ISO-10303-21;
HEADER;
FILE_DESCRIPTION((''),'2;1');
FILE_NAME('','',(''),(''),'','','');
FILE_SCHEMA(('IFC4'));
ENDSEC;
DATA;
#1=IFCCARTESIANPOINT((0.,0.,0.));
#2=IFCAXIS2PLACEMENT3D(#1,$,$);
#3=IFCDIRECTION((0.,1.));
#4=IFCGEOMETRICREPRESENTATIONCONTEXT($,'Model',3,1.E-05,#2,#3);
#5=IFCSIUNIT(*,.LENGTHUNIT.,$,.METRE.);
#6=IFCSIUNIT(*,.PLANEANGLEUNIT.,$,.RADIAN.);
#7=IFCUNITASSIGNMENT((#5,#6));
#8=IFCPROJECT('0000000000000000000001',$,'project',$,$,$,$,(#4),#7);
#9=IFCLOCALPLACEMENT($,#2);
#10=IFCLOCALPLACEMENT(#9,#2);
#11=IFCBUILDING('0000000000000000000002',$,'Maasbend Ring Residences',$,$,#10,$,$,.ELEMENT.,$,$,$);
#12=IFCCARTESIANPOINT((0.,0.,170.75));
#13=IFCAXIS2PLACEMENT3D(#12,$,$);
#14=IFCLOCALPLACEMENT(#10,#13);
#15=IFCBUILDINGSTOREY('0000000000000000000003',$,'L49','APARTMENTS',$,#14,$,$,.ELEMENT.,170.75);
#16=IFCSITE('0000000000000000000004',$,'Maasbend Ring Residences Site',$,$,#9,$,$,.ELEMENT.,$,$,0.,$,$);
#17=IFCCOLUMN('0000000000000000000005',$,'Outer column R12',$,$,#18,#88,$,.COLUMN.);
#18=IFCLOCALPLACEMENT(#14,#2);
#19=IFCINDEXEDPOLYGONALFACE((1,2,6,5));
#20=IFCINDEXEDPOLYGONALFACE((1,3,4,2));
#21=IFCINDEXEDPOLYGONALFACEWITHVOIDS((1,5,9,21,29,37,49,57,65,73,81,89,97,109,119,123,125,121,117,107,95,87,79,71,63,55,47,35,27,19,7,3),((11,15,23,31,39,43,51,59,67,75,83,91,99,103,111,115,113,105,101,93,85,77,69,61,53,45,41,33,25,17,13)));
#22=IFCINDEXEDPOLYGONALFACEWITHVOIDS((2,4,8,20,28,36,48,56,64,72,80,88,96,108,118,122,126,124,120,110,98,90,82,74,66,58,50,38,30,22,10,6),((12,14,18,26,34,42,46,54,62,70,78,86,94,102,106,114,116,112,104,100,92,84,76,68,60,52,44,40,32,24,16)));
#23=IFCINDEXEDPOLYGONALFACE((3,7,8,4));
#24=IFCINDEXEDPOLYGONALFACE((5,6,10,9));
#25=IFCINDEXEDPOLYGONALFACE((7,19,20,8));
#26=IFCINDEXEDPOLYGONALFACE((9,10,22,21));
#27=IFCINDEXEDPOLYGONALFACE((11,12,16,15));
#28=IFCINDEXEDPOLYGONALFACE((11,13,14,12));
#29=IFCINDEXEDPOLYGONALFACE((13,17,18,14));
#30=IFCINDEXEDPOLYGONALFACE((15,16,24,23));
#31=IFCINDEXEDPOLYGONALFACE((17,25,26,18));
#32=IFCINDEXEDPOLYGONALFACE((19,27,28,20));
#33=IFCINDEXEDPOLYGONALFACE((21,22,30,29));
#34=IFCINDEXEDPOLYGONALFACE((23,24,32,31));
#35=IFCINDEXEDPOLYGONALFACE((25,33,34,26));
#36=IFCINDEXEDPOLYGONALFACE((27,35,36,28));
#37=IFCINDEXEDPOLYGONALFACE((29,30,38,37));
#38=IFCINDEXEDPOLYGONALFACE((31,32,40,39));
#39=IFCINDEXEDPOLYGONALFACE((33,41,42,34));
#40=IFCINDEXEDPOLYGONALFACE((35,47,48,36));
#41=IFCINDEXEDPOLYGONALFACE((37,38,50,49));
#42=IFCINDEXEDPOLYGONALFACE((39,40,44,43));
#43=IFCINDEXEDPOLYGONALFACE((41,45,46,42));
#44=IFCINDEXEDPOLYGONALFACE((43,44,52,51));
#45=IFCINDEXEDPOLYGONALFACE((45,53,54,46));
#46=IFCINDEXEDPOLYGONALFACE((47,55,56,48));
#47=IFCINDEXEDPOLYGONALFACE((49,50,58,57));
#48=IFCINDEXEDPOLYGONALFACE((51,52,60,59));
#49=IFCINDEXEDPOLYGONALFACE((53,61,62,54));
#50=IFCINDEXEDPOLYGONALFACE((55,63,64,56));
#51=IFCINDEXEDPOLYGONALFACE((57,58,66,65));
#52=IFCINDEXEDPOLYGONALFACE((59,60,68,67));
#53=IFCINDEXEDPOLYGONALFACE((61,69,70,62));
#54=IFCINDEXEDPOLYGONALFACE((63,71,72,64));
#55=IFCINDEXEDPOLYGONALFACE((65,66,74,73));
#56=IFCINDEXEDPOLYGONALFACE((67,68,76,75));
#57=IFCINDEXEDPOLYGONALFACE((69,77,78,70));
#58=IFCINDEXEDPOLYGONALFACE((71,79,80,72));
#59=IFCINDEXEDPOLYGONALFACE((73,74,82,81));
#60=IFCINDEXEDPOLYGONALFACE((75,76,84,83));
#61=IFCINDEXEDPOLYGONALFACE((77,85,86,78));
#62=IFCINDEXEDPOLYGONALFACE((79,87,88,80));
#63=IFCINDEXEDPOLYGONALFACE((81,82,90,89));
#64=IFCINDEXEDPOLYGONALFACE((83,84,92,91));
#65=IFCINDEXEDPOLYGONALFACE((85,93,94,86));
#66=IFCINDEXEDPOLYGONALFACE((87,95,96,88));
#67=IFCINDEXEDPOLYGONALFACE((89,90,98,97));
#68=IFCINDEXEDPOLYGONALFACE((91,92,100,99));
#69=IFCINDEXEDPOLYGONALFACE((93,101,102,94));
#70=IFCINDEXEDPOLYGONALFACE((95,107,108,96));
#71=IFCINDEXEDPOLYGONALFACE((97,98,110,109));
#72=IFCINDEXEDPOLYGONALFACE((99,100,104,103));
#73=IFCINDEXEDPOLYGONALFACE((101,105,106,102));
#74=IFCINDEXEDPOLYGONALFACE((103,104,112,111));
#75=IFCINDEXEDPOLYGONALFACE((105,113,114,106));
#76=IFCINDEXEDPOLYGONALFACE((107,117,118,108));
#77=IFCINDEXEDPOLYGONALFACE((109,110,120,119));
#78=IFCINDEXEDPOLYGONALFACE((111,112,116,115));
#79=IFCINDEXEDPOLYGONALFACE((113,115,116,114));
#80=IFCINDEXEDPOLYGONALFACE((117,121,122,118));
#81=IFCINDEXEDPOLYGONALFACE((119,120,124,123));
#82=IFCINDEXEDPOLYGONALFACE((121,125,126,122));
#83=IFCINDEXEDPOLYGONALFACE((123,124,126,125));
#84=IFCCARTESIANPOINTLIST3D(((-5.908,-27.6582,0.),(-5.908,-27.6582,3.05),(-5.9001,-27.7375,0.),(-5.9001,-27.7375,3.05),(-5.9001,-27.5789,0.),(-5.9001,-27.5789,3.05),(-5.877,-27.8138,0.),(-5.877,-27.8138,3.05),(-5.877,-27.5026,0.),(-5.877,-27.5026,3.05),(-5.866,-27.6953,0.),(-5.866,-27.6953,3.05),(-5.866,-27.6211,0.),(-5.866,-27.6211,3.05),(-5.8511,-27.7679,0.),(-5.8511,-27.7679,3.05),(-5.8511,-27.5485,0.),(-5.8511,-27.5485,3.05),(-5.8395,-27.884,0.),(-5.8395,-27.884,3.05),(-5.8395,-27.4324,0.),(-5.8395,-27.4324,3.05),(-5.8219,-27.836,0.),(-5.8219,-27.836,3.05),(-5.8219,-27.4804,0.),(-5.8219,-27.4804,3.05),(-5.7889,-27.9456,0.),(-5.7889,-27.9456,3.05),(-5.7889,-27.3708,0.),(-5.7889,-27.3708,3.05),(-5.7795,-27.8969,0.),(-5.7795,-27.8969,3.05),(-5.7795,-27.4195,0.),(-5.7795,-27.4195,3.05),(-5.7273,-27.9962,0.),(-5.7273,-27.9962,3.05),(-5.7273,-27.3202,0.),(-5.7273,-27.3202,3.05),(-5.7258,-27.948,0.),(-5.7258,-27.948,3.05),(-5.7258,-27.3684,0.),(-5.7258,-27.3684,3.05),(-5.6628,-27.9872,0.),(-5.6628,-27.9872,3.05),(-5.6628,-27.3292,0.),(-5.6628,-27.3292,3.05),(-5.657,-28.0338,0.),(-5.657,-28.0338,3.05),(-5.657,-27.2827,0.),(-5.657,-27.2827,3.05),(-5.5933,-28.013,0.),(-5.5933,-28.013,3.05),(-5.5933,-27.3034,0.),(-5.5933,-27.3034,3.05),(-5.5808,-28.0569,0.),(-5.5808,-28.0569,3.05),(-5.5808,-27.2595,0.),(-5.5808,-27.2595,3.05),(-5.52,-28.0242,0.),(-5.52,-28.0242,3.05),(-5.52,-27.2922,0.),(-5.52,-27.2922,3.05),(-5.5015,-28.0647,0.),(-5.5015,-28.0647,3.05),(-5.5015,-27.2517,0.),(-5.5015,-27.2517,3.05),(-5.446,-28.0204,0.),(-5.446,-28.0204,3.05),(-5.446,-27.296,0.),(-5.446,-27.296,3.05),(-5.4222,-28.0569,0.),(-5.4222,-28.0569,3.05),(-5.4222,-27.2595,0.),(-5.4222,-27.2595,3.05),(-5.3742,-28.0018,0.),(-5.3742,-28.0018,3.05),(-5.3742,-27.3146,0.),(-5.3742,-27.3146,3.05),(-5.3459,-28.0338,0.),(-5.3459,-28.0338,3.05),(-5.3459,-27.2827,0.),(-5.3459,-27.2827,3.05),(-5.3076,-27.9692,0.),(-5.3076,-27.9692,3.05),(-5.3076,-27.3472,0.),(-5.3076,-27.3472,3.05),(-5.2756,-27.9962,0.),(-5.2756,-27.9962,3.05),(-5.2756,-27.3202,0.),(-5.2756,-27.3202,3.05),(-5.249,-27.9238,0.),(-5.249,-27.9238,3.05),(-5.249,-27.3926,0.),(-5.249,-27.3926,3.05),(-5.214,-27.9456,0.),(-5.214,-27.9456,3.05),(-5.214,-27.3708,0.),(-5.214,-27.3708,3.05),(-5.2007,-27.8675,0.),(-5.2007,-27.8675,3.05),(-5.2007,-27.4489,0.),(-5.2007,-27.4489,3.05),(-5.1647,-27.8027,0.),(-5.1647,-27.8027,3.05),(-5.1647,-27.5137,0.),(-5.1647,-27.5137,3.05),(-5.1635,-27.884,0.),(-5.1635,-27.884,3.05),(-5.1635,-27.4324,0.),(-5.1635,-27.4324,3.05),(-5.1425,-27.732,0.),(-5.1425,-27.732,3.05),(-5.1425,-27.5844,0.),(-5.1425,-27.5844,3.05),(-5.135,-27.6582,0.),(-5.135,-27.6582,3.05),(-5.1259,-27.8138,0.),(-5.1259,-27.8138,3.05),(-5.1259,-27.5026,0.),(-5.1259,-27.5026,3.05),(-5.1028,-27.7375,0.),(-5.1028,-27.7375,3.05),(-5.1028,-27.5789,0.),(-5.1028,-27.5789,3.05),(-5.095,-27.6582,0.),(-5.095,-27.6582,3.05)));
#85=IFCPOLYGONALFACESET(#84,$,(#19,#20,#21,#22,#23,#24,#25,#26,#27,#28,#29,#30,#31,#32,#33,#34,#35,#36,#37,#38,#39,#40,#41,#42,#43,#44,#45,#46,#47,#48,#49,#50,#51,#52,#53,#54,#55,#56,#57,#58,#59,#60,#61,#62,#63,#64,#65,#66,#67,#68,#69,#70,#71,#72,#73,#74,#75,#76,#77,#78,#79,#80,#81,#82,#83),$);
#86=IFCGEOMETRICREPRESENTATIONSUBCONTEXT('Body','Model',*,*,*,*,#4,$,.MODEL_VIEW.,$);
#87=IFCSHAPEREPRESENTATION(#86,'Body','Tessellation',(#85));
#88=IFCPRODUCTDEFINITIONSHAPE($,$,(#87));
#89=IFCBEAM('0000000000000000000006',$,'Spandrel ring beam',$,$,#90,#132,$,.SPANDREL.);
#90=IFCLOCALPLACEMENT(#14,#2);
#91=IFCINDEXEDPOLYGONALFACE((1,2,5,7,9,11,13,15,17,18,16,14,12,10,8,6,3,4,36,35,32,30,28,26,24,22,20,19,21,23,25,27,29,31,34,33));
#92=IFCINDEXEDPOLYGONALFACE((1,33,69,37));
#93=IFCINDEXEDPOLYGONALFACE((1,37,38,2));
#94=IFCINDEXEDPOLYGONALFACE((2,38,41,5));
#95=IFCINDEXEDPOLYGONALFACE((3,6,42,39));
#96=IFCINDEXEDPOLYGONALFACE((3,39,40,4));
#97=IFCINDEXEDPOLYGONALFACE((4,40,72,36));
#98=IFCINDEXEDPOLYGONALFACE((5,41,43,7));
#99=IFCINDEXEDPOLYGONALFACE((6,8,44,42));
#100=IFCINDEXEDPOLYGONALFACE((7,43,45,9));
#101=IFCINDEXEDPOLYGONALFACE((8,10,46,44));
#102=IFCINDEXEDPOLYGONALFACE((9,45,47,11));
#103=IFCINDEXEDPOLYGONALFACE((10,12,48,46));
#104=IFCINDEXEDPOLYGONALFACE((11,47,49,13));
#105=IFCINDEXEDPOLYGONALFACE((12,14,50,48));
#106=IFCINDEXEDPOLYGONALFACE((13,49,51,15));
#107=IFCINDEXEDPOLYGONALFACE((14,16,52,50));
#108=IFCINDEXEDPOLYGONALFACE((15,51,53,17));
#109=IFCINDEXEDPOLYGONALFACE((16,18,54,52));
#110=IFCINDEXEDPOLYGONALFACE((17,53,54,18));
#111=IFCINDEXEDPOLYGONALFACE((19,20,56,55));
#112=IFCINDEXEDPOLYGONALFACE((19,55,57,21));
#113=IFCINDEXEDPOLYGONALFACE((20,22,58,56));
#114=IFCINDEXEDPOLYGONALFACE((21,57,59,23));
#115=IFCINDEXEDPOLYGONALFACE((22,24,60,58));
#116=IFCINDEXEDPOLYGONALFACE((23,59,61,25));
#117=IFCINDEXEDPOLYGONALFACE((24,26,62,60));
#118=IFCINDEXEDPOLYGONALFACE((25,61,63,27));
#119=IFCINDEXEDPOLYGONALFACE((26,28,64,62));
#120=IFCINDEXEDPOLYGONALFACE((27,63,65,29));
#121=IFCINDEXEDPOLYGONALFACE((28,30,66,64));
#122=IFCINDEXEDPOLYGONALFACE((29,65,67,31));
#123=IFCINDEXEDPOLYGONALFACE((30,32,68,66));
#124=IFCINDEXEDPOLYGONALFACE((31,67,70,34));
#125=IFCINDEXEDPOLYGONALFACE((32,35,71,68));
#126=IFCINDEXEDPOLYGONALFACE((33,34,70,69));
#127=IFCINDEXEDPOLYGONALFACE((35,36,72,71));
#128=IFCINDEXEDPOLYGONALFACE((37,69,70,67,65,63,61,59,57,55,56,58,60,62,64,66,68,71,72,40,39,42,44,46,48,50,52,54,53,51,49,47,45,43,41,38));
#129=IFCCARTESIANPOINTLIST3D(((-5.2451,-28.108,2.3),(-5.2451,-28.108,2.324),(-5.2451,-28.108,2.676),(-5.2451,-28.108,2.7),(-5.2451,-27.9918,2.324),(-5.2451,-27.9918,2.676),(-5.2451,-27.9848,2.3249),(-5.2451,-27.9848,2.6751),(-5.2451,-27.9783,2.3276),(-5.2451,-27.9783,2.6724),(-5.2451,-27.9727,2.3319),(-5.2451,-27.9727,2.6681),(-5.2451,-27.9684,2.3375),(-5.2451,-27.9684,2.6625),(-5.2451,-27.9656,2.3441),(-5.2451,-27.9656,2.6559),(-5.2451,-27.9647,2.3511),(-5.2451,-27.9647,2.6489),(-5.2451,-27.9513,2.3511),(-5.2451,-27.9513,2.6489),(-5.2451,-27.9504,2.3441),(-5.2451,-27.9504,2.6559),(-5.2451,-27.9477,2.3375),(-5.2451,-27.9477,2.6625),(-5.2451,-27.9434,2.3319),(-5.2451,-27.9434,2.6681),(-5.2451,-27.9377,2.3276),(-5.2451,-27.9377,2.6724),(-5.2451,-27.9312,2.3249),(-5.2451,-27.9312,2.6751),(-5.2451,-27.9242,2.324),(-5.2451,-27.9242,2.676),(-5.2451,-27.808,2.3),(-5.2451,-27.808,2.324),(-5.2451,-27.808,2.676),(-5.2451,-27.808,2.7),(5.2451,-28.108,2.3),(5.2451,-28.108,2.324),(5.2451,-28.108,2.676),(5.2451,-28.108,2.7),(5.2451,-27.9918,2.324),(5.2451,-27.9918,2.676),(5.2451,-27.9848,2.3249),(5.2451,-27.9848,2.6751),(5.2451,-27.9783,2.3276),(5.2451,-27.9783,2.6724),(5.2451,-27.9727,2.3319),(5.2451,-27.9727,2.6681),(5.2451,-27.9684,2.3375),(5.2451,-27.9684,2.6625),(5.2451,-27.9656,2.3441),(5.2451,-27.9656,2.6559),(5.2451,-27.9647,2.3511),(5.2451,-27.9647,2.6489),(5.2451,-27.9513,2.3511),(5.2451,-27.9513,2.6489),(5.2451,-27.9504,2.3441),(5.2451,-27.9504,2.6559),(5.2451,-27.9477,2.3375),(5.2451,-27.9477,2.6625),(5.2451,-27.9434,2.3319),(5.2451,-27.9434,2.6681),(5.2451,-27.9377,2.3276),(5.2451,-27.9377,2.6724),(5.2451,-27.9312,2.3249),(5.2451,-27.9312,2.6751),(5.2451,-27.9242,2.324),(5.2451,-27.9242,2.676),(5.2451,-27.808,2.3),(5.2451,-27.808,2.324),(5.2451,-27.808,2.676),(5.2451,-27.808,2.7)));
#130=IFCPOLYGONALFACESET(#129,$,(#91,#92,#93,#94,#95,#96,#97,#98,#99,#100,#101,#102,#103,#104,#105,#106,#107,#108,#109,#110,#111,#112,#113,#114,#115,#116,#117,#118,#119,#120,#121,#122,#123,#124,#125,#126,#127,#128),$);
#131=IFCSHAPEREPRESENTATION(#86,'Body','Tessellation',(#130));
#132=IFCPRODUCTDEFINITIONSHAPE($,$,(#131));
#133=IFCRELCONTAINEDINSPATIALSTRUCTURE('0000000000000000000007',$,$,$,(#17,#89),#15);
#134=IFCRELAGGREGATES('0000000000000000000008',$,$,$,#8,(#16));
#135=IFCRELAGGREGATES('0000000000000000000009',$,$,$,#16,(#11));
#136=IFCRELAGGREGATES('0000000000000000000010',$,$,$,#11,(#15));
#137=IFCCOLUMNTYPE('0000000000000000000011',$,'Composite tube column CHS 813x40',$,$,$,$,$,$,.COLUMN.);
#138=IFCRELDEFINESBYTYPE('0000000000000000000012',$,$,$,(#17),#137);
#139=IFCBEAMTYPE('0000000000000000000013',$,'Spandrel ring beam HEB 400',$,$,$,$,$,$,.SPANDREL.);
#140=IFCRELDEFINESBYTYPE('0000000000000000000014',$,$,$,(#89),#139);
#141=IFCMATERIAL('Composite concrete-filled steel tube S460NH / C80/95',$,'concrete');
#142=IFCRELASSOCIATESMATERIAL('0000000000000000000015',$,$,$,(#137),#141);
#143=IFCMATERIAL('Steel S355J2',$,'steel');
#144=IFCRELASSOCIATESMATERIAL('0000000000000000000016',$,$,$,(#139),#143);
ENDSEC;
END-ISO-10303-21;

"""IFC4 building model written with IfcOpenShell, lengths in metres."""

from ifc_helpers import new_model, si_unit, direction, frame, origin, origin_2d, place, context, subcontext, project, spatial, hollow_circle, i_section, extrude, material, material_profile, profile_set, type_object, element, save


model = new_model("IFC4")

# Units and contexts
model_context = context("Model", 3, precision=1e-05, world=origin(), true_north=direction((0.0, 1.0)))
body_context = subcontext(model_context, "Body", "Model", "MODEL_VIEW")
ifc_project = project(units=[si_unit("LENGTHUNIT", "METRE"), si_unit("PLANEANGLEUNIT", "RADIAN")], contexts=[model_context])

# Site, building, storey
site_placement = place(None, origin())
site = spatial("IfcSite", under=ifc_project, at=site_placement, Name="Maasbend Ring Residences Site", CompositionType="ELEMENT", RefElevation=0.0)
building_placement = place(site_placement, origin())
building = spatial("IfcBuilding", under=site, at=building_placement, Name="Maasbend Ring Residences", CompositionType="ELEMENT")
storey_placement = place(building_placement, frame((0.0, 0.0, 170.75)))
storey = spatial("IfcBuildingStorey", under=building, at=storey_placement, Name="L49", Description="APARTMENTS", CompositionType="ELEMENT", Elevation=170.75)

# Column
ifc_material_1 = material(Name="Composite concrete-filled steel tube S460NH / C80/95", Category="concrete")
ifc_material_profile_1 = material_profile(ifc_material_1, hollow_circle(Radius=0.4065, WallThickness=0.04, at=origin_2d()), Name="Composite tube column CHS 813x40")
ifc_profile_set_1 = profile_set([ifc_material_profile_1], Name="Composite concrete-filled steel tube S460NH / C80/95")
column_type = type_object("IfcColumnType", Name="Composite tube column CHS 813x40", PredefinedType="COLUMN", material=ifc_profile_set_1)
column_placement = place(storey_placement, frame((-5.5015, -27.6582, 0.0), z_axis=(0.0, 0.0, 1.0), x_axis=(1.0, 0.0, 0.0)))
element("IfcColumn", 1, at=column_placement, inside=storey, type_object=column_type, Name="Outer column R12", PredefinedType="COLUMN", context=body_context, shape_type="SweptSolid", body=[
    extrude(hollow_circle(Radius=0.4065, WallThickness=0.04, at=origin_2d()), origin(), (0.0, 0.0, 1.0), 3.05),
])

# Beam
ifc_material_2 = material(Name="Steel S355J2", Category="steel")
ifc_material_profile_2 = material_profile(ifc_material_2, i_section(OverallWidth=0.3, OverallDepth=0.3999, WebThickness=0.0134, FlangeThickness=0.0239, FilletRadius=0.0271, at=origin_2d()), Name="HEB 400")
ifc_profile_set_2 = profile_set([ifc_material_profile_2], Name="Steel S355J2")
beam_type = type_object("IfcBeamType", Name="Spandrel ring beam HEB 400", PredefinedType="SPANDREL", material=ifc_profile_set_2)
beam_placement = place(storey_placement, frame((-5.2451, -27.958, 2.5), z_axis=(1.0, 0.0, 0.0), x_axis=(0.0, 1.0, 0.0)))
element("IfcBeam", 2, at=beam_placement, inside=storey, type_object=beam_type, Name="Spandrel ring beam", PredefinedType="SPANDREL", context=body_context, shape_type="SweptSolid", body=[
    extrude(i_section(OverallWidth=0.3, OverallDepth=0.3999, WebThickness=0.0134, FlangeThickness=0.0239, FilletRadius=0.0271, at=origin_2d()), origin(), (0.0, 0.0, 1.0), 10.4902),
])

save(model, "model.ifc")
